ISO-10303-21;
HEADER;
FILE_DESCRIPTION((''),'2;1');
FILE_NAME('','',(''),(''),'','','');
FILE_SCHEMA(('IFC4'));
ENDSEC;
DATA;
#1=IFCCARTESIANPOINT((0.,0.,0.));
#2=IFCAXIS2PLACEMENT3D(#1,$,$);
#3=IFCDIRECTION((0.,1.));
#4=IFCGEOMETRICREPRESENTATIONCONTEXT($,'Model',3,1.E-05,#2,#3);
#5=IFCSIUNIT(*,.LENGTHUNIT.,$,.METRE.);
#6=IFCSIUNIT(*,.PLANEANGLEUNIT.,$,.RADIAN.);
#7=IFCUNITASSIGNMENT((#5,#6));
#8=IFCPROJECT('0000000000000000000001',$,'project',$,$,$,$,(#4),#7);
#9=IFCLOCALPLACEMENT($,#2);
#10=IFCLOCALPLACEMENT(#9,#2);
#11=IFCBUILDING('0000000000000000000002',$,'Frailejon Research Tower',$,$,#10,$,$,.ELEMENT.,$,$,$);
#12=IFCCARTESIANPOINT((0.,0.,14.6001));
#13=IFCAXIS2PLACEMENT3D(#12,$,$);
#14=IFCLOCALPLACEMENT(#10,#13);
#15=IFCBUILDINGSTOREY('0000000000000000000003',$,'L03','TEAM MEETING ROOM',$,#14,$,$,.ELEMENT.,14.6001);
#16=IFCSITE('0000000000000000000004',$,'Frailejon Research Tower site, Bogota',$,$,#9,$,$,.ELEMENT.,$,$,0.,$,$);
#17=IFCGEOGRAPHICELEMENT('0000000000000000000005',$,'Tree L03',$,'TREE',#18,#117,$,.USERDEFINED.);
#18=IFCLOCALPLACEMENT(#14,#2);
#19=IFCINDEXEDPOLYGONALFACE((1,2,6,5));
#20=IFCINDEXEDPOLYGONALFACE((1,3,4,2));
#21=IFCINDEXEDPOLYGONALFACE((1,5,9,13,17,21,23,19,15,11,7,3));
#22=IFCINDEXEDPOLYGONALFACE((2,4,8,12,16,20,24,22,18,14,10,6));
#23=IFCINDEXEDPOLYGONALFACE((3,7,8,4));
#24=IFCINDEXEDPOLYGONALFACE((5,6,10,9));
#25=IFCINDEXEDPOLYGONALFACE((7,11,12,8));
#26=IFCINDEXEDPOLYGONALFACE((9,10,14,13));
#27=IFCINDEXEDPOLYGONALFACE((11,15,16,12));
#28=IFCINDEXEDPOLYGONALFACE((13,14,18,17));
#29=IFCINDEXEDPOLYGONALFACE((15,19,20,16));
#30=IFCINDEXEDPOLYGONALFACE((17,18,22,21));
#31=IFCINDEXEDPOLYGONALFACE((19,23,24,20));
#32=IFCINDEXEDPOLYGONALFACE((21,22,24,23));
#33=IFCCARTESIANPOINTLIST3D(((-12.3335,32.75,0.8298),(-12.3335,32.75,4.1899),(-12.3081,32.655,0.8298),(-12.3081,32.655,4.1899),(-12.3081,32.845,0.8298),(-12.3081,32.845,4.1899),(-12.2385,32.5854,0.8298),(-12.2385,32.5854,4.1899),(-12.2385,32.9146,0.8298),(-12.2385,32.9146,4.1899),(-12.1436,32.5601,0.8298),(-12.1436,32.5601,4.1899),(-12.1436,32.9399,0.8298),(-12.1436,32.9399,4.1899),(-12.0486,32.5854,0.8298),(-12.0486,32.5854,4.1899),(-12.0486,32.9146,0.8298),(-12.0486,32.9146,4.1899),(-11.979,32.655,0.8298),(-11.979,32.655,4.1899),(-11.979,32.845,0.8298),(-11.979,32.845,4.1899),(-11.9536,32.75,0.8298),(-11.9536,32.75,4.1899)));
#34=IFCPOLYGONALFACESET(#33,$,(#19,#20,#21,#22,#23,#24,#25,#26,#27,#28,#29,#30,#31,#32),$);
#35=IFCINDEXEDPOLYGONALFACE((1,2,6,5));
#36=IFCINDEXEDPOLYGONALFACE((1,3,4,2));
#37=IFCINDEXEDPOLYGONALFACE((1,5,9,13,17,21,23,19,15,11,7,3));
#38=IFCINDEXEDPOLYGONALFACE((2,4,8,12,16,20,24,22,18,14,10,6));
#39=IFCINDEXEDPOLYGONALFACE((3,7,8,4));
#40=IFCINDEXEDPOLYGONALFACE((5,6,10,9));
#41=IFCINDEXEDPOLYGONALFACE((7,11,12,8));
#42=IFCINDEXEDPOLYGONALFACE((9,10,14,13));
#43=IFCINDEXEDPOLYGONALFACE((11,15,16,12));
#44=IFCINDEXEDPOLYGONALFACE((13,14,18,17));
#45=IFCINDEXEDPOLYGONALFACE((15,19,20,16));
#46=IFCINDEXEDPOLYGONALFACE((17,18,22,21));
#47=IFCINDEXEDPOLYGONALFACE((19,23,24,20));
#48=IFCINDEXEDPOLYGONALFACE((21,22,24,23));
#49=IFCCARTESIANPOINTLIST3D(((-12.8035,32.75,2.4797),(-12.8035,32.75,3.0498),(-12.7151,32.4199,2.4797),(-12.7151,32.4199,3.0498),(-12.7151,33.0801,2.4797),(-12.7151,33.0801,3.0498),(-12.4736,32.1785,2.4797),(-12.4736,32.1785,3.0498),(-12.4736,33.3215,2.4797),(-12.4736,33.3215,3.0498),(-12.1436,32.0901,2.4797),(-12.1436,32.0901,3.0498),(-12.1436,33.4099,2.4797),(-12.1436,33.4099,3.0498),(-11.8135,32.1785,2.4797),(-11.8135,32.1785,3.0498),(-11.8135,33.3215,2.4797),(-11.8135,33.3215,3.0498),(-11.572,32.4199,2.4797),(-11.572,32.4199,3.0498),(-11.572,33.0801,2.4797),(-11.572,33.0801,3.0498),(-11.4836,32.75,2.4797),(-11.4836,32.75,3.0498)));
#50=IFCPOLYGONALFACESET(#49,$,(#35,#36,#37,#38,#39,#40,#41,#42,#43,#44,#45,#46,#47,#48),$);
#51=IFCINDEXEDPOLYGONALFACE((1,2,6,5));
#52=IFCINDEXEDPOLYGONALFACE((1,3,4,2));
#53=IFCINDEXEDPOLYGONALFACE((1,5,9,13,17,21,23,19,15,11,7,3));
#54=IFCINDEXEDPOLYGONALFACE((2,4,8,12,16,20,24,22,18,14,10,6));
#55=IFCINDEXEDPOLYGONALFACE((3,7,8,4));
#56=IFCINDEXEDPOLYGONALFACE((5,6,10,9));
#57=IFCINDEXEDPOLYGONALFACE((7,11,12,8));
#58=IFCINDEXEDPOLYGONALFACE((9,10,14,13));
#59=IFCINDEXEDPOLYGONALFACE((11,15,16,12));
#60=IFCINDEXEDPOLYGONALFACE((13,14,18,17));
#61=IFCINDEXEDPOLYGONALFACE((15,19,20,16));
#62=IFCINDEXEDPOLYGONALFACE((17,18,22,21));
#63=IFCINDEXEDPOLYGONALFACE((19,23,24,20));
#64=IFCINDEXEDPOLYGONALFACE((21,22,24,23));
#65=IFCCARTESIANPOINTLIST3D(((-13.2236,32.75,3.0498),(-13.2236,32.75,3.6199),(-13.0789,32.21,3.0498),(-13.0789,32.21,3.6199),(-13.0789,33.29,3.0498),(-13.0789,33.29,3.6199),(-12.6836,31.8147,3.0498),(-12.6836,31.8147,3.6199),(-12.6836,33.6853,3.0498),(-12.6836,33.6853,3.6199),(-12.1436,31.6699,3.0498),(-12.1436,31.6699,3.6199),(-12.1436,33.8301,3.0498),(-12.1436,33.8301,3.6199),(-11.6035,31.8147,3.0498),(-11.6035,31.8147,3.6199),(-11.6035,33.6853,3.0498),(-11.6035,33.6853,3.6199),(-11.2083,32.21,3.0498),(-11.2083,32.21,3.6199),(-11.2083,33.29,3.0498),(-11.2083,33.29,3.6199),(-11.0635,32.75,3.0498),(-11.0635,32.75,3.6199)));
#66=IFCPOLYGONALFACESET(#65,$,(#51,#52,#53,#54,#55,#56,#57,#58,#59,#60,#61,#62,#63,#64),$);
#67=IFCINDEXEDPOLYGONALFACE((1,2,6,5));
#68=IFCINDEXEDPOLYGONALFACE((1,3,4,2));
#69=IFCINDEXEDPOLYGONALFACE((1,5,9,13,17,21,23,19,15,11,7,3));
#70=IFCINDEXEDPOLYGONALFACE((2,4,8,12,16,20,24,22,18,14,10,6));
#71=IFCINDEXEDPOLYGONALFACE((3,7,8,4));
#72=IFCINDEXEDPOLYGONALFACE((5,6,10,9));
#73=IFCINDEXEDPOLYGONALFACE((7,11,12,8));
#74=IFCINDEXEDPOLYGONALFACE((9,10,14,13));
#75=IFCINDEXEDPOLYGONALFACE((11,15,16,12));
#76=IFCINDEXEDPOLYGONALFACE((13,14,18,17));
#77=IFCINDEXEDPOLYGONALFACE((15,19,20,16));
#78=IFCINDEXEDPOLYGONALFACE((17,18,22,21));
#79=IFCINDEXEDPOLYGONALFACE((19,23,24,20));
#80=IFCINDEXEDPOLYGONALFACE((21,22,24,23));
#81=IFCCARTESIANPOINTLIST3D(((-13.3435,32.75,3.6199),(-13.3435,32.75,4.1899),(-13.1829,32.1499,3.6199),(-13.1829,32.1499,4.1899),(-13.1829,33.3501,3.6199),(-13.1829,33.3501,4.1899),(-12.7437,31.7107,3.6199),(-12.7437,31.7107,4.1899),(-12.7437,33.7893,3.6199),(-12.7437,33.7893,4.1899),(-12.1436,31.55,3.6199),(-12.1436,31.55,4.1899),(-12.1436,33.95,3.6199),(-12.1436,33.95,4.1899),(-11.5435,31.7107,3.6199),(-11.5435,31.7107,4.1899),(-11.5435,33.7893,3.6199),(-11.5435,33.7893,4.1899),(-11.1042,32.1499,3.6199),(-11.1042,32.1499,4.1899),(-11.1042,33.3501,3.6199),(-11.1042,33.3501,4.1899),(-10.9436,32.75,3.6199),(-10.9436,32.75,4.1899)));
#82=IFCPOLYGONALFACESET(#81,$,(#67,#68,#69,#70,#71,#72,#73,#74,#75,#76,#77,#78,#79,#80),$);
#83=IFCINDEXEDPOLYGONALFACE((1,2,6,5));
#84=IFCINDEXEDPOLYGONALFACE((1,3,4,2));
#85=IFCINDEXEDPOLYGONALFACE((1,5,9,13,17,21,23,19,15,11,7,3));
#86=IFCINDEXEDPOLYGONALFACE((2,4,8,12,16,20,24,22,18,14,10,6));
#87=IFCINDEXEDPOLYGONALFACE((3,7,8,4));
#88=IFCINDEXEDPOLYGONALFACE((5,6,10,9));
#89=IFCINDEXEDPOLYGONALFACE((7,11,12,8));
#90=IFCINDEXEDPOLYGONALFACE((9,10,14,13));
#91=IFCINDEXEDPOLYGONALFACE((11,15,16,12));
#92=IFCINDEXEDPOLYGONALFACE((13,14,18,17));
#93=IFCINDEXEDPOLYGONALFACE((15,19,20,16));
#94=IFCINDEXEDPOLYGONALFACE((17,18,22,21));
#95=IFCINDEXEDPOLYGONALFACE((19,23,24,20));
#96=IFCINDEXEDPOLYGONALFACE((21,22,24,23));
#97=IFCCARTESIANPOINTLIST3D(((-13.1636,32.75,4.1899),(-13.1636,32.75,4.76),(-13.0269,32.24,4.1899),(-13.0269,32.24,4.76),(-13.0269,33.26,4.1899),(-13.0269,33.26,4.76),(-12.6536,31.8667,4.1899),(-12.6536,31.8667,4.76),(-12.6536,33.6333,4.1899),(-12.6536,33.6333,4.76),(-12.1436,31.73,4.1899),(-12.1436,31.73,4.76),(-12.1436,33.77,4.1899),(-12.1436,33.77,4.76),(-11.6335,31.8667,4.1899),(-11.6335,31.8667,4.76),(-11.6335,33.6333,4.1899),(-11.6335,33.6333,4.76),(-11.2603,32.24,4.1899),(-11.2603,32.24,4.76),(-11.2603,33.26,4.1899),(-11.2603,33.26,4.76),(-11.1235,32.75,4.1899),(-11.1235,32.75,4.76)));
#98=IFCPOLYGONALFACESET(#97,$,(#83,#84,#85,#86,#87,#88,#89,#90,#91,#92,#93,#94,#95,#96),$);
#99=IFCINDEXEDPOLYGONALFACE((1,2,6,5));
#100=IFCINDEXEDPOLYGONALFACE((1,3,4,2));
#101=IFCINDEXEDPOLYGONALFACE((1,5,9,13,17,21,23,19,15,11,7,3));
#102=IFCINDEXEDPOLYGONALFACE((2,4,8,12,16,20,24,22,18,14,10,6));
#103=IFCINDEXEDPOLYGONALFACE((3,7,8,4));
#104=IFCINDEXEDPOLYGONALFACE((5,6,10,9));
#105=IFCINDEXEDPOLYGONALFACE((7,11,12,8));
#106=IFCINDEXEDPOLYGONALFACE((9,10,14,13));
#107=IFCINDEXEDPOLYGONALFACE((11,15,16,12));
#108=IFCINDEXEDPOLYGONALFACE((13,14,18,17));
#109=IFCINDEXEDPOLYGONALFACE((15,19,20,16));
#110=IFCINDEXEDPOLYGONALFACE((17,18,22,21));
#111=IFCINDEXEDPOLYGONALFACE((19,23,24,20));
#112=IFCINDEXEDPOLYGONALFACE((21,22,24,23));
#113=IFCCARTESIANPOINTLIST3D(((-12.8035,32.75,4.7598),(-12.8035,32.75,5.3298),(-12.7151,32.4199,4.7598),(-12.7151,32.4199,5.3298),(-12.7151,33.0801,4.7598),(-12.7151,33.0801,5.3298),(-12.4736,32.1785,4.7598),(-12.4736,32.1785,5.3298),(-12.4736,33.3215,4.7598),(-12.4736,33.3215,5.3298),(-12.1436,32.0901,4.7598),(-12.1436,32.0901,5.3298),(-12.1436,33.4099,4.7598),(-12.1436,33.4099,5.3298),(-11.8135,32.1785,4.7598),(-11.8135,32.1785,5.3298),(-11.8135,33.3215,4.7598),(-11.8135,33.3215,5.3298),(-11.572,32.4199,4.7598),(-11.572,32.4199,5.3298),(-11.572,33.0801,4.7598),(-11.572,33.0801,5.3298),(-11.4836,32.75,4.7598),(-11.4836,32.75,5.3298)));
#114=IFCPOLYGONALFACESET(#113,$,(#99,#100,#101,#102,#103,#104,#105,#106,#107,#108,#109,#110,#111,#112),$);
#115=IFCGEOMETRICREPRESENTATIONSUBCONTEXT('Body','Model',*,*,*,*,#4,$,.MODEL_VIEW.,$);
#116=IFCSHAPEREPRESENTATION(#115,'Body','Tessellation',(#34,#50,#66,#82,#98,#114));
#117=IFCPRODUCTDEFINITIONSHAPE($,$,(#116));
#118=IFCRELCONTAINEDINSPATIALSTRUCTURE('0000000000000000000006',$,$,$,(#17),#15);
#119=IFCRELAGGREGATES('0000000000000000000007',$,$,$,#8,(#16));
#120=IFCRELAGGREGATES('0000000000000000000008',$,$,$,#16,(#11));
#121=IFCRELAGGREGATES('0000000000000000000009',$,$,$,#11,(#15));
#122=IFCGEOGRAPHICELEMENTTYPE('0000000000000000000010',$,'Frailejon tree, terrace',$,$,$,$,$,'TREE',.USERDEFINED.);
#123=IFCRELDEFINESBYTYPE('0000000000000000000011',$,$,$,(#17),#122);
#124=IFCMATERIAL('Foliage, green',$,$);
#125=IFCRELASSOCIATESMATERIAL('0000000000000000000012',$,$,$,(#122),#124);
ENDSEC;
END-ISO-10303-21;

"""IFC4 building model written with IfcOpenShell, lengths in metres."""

from ifc_helpers import new_model, si_unit, direction, frame, origin, place, context, subcontext, project, spatial, polyline, outline, extrude, material, type_object, element, save


model = new_model("IFC4")

# Units and contexts
model_context = context("Model", 3, precision=1e-05, world=origin(), true_north=direction((0.0, 1.0)))
body_context = subcontext(model_context, "Body", "Model", "MODEL_VIEW")
ifc_project = project(units=[si_unit("LENGTHUNIT", "METRE"), si_unit("PLANEANGLEUNIT", "RADIAN")], contexts=[model_context])

# Site, building, storey
site_placement = place(None, origin())
site = spatial("IfcSite", under=ifc_project, at=site_placement, Name="Frailejon Research Tower site, Bogota", CompositionType="ELEMENT", RefElevation=0.0)
building_placement = place(site_placement, origin())
building = spatial("IfcBuilding", under=site, at=building_placement, Name="Frailejon Research Tower", CompositionType="ELEMENT")
storey_placement = place(building_placement, frame((0.0, 0.0, 14.6001)))
storey = spatial("IfcBuildingStorey", under=building, at=storey_placement, Name="L03", Description="TEAM MEETING ROOM", CompositionType="ELEMENT", Elevation=14.6001)

# Geographic element
ifc_material_1 = material(Name="Foliage, green")
geographic_element_type = type_object("IfcGeographicElementType", Name="Frailejon tree, terrace", ElementType="TREE", PredefinedType="USERDEFINED", material=ifc_material_1)
geographic_element_placement = place(storey_placement, frame((-12.1436, 32.75, 0.8298)))
element("IfcGeographicElement", 1, at=geographic_element_placement, inside=storey, type_object=geographic_element_type, Name="Tree L03", ObjectType="TREE", PredefinedType="USERDEFINED", context=body_context, shape_type="SweptSolid", body=[
    extrude(outline(polyline([(0.1899, 0.0), (0.1646, 0.095), (0.095, 0.1646), (0.0, 0.1899), (-0.095, 0.1646), (-0.1646, 0.095), (-0.1899, 0.0), (-0.1646, -0.095), (-0.095, -0.1646), (0.0, -0.1899), (0.095, -0.1646), (0.1646, -0.095), (0.1899, 0.0)])), origin(), (0.0, 0.0, 1.0), 3.3601),
    extrude(outline(polyline([(0.6599, 0.0), (0.5715, 0.3301), (0.3301, 0.5715), (0.0, 0.6599), (-0.3301, 0.5715), (-0.5715, 0.3301), (-0.6599, 0.0), (-0.5715, -0.3301), (-0.3301, -0.5715), (0.0, -0.6599), (0.3301, -0.5715), (0.5715, -0.3301), (0.6599, 0.0)])), frame((0.0, 0.0, 1.6499)), (0.0, 0.0, 1.0), 0.5701),
    extrude(outline(polyline([(1.0801, 0.0), (0.9353, 0.54), (0.54, 0.9353), (0.0, 1.0801), (-0.54, 0.9353), (-0.9353, 0.54), (-1.0801, 0.0), (-0.9353, -0.54), (-0.54, -0.9353), (0.0, -1.0801), (0.54, -0.9353), (0.9353, -0.54), (1.0801, 0.0)])), frame((0.0, 0.0, 2.22)), (0.0, 0.0, 1.0), 0.5701),
    extrude(outline(polyline([(1.2, 0.0), (1.0393, 0.6001), (0.6001, 1.0393), (0.0, 1.2), (-0.6001, 1.0393), (-1.0393, 0.6001), (-1.2, 0.0), (-1.0393, -0.6001), (-0.6001, -1.0393), (0.0, -1.2), (0.6001, -1.0393), (1.0393, -0.6001), (1.2, 0.0)])), frame((0.0, 0.0, 2.79)), (0.0, 0.0, 1.0), 0.5701),
    extrude(outline(polyline([(1.02, 0.0), (0.8833, 0.51), (0.51, 0.8833), (0.0, 1.02), (-0.51, 0.8833), (-0.8833, 0.51), (-1.02, 0.0), (-0.8833, -0.51), (-0.51, -0.8833), (0.0, -1.02), (0.51, -0.8833), (0.8833, -0.51), (1.02, 0.0)])), frame((0.0, 0.0, 3.3601)), (0.0, 0.0, 1.0), 0.5701),
    extrude(outline(polyline([(0.6599, 0.0), (0.5715, 0.3301), (0.3301, 0.5715), (0.0, 0.6599), (-0.3301, 0.5715), (-0.5715, 0.3301), (-0.6599, 0.0), (-0.5715, -0.3301), (-0.3301, -0.5715), (0.0, -0.6599), (0.3301, -0.5715), (0.5715, -0.3301), (0.6599, 0.0)])), frame((0.0, 0.0, 3.9299)), (0.0, 0.0, 1.0), 0.5701),
])

save(model, "model.ifc")
